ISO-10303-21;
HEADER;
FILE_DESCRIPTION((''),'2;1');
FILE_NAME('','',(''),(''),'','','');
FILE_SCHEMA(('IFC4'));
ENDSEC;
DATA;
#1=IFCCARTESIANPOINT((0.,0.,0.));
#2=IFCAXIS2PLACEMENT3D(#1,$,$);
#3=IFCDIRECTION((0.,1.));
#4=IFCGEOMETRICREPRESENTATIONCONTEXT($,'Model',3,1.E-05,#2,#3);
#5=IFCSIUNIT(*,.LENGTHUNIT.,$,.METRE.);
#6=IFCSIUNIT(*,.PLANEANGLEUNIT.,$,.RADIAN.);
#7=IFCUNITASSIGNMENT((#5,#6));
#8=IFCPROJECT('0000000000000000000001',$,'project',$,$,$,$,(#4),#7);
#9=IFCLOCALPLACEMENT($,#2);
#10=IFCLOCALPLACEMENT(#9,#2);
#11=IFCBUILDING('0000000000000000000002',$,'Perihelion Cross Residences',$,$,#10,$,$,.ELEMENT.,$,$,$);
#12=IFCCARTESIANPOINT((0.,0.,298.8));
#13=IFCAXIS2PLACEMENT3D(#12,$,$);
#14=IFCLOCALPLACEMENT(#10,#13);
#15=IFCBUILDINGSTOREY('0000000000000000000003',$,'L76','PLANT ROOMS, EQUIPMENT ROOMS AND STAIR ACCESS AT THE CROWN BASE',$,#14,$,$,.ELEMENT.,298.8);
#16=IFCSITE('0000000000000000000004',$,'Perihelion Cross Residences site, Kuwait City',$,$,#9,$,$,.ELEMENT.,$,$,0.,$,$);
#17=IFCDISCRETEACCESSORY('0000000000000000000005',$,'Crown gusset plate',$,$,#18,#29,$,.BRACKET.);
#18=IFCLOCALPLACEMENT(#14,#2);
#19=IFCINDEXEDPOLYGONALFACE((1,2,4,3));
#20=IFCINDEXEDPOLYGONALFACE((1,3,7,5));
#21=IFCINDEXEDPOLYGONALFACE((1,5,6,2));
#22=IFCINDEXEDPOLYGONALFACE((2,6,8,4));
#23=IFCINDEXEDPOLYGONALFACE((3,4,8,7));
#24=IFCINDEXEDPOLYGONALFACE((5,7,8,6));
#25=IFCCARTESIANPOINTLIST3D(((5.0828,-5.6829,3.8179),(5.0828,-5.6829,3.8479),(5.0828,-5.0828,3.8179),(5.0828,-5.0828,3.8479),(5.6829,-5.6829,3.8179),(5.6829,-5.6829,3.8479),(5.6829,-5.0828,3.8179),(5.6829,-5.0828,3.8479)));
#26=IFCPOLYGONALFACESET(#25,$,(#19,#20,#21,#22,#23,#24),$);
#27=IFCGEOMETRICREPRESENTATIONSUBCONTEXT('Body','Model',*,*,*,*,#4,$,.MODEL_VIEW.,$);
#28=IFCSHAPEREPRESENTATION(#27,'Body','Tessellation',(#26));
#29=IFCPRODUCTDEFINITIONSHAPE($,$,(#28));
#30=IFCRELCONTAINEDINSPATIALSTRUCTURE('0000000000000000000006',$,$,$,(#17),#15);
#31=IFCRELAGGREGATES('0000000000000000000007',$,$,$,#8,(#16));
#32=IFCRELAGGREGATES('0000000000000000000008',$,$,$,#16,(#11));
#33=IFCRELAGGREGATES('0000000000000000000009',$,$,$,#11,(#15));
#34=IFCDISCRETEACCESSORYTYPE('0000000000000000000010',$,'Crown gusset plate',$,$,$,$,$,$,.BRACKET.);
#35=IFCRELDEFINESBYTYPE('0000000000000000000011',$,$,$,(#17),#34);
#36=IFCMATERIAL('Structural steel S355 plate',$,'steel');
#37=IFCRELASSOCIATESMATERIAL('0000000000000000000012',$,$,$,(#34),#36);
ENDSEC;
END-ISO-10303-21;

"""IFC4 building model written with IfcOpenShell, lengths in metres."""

from ifc_helpers import new_model, si_unit, direction, frame, origin, origin_2d, place, context, subcontext, project, spatial, rectangle, extrude, material, material_profile, profile_set, type_object, element, save


model = new_model("IFC4")

# Units and contexts
model_context = context("Model", 3, precision=1e-05, world=origin(), true_north=direction((0.0, 1.0)))
body_context = subcontext(model_context, "Body", "Model", "MODEL_VIEW")
ifc_project = project(units=[si_unit("LENGTHUNIT", "METRE"), si_unit("PLANEANGLEUNIT", "RADIAN")], contexts=[model_context])

# Site, building, storey
site_placement = place(None, origin())
site = spatial("IfcSite", under=ifc_project, at=site_placement, Name="Perihelion Cross Residences site, Kuwait City", CompositionType="ELEMENT", RefElevation=0.0)
building_placement = place(site_placement, origin())
building = spatial("IfcBuilding", under=site, at=building_placement, Name="Perihelion Cross Residences", CompositionType="ELEMENT")
storey_placement = place(building_placement, frame((0.0, 0.0, 298.8)))
storey = spatial("IfcBuildingStorey", under=building, at=storey_placement, Name="L76", Description="PLANT ROOMS, EQUIPMENT ROOMS AND STAIR ACCESS AT THE CROWN BASE", CompositionType="ELEMENT", Elevation=298.8)

# Discrete accessory
ifc_material_1 = material(Name="Structural steel S355 plate", Category="steel")
ifc_material_profile_1 = material_profile(ifc_material_1, rectangle(XDim=0.6001, YDim=0.6001, at=origin_2d()), Name="Crown gusset plate")
ifc_profile_set_1 = profile_set([ifc_material_profile_1], Name="Structural steel S355 plate")
discrete_accessory_type_1 = type_object("IfcDiscreteAccessoryType", Name="Crown gusset plate", PredefinedType="BRACKET", material=ifc_profile_set_1)
for number, where, z_axis, x_axis, name in (
    (1, (5.3828, -5.3828, 3.8179), (0.0, 0.0, 1.0), (1.0, 0.0, 0.0), "Crown gusset plate"),
):
    element("IfcDiscreteAccessory", number, at=place(storey_placement, frame(where, z_axis=z_axis, x_axis=x_axis)), inside=storey, type_object=discrete_accessory_type_1, Name=name, PredefinedType="BRACKET", context=body_context, shape_type="SweptSolid", body=[
        extrude(rectangle(XDim=0.6001, YDim=0.6001, at=origin_2d()), origin(), (0.0, 0.0, 1.0), 0.03),
    ])

save(model, "model.ifc")
